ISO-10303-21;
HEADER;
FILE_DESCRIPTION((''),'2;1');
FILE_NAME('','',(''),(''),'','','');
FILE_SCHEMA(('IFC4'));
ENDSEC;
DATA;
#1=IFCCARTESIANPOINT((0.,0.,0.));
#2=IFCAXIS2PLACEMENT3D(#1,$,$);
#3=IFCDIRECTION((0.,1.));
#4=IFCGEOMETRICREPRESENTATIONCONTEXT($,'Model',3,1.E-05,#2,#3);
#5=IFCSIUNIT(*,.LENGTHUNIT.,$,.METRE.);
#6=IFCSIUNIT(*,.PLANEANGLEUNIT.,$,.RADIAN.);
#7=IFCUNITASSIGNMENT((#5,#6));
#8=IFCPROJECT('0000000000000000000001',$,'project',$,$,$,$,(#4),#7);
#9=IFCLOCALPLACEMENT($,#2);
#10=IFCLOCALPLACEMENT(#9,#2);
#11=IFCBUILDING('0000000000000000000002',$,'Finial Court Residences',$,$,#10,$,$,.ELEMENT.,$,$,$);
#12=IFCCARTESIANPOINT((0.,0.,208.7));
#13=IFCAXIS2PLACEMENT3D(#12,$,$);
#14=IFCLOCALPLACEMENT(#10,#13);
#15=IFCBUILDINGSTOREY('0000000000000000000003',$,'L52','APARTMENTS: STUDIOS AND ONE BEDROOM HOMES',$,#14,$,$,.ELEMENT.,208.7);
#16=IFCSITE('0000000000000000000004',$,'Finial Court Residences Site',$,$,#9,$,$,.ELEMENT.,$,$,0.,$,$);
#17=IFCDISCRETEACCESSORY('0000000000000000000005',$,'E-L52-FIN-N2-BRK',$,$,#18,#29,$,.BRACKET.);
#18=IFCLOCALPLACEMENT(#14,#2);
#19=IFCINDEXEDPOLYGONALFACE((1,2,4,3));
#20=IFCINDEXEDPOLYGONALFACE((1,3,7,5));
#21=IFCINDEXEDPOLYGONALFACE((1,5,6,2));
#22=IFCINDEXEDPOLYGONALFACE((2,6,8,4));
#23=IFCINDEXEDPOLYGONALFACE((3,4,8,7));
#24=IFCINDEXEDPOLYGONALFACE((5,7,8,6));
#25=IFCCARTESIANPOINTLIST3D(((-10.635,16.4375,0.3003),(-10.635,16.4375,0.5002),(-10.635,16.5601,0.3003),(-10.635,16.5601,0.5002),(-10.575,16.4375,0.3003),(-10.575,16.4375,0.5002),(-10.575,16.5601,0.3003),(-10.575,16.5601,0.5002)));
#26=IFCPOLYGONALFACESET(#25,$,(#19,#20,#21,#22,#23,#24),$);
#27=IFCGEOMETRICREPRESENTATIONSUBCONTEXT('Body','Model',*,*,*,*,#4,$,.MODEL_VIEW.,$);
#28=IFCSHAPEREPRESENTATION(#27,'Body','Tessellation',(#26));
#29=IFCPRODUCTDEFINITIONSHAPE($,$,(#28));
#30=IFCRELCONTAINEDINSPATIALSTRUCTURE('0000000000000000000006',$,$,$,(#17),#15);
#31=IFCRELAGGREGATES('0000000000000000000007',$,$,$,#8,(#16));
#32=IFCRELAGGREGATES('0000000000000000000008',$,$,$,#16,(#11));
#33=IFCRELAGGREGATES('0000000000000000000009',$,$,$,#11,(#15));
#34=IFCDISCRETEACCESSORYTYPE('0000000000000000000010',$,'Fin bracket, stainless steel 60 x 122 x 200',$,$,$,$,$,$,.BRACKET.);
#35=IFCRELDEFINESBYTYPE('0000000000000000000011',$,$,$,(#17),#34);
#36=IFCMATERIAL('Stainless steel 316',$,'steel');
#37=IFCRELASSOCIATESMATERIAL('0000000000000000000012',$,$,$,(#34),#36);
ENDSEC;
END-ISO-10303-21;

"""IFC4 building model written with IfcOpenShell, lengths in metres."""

from ifc_helpers import new_model, si_unit, direction, frame, origin, origin_2d, place, context, subcontext, project, spatial, rectangle, extrude, material, type_object, element, save


model = new_model("IFC4")

# Units and contexts
model_context = context("Model", 3, precision=1e-05, world=origin(), true_north=direction((0.0, 1.0)))
body_context = subcontext(model_context, "Body", "Model", "MODEL_VIEW")
ifc_project = project(units=[si_unit("LENGTHUNIT", "METRE"), si_unit("PLANEANGLEUNIT", "RADIAN")], contexts=[model_context])

# Site, building, storey
site_placement = place(None, origin())
site = spatial("IfcSite", under=ifc_project, at=site_placement, Name="Finial Court Residences Site", CompositionType="ELEMENT", RefElevation=0.0)
building_placement = place(site_placement, origin())
building = spatial("IfcBuilding", under=site, at=building_placement, Name="Finial Court Residences", CompositionType="ELEMENT")
storey_placement = place(building_placement, frame((0.0, 0.0, 208.7)))
storey = spatial("IfcBuildingStorey", under=building, at=storey_placement, Name="L52", Description="APARTMENTS: STUDIOS AND ONE BEDROOM HOMES", CompositionType="ELEMENT", Elevation=208.7)

# Discrete accessory
ifc_material_1 = material(Name="Stainless steel 316", Category="steel")
discrete_accessory_type = type_object("IfcDiscreteAccessoryType", Name="Fin bracket, stainless steel 60 x 122 x 200", PredefinedType="BRACKET", material=ifc_material_1)
discrete_accessory_placement = place(storey_placement, frame((-10.605, 16.4988, 0.3003), z_axis=(0.0, 0.0, 1.0), x_axis=(1.0, 0.0, 0.0)))
element("IfcDiscreteAccessory", 1, at=discrete_accessory_placement, inside=storey, type_object=discrete_accessory_type, Name="E-L52-FIN-N2-BRK", PredefinedType="BRACKET", context=body_context, shape_type="SweptSolid", body=[
    extrude(rectangle(XDim=0.0601, YDim=0.1226, at=origin_2d()), origin(), (0.0, 0.0, 1.0), 0.2),
])

save(model, "model.ifc")
